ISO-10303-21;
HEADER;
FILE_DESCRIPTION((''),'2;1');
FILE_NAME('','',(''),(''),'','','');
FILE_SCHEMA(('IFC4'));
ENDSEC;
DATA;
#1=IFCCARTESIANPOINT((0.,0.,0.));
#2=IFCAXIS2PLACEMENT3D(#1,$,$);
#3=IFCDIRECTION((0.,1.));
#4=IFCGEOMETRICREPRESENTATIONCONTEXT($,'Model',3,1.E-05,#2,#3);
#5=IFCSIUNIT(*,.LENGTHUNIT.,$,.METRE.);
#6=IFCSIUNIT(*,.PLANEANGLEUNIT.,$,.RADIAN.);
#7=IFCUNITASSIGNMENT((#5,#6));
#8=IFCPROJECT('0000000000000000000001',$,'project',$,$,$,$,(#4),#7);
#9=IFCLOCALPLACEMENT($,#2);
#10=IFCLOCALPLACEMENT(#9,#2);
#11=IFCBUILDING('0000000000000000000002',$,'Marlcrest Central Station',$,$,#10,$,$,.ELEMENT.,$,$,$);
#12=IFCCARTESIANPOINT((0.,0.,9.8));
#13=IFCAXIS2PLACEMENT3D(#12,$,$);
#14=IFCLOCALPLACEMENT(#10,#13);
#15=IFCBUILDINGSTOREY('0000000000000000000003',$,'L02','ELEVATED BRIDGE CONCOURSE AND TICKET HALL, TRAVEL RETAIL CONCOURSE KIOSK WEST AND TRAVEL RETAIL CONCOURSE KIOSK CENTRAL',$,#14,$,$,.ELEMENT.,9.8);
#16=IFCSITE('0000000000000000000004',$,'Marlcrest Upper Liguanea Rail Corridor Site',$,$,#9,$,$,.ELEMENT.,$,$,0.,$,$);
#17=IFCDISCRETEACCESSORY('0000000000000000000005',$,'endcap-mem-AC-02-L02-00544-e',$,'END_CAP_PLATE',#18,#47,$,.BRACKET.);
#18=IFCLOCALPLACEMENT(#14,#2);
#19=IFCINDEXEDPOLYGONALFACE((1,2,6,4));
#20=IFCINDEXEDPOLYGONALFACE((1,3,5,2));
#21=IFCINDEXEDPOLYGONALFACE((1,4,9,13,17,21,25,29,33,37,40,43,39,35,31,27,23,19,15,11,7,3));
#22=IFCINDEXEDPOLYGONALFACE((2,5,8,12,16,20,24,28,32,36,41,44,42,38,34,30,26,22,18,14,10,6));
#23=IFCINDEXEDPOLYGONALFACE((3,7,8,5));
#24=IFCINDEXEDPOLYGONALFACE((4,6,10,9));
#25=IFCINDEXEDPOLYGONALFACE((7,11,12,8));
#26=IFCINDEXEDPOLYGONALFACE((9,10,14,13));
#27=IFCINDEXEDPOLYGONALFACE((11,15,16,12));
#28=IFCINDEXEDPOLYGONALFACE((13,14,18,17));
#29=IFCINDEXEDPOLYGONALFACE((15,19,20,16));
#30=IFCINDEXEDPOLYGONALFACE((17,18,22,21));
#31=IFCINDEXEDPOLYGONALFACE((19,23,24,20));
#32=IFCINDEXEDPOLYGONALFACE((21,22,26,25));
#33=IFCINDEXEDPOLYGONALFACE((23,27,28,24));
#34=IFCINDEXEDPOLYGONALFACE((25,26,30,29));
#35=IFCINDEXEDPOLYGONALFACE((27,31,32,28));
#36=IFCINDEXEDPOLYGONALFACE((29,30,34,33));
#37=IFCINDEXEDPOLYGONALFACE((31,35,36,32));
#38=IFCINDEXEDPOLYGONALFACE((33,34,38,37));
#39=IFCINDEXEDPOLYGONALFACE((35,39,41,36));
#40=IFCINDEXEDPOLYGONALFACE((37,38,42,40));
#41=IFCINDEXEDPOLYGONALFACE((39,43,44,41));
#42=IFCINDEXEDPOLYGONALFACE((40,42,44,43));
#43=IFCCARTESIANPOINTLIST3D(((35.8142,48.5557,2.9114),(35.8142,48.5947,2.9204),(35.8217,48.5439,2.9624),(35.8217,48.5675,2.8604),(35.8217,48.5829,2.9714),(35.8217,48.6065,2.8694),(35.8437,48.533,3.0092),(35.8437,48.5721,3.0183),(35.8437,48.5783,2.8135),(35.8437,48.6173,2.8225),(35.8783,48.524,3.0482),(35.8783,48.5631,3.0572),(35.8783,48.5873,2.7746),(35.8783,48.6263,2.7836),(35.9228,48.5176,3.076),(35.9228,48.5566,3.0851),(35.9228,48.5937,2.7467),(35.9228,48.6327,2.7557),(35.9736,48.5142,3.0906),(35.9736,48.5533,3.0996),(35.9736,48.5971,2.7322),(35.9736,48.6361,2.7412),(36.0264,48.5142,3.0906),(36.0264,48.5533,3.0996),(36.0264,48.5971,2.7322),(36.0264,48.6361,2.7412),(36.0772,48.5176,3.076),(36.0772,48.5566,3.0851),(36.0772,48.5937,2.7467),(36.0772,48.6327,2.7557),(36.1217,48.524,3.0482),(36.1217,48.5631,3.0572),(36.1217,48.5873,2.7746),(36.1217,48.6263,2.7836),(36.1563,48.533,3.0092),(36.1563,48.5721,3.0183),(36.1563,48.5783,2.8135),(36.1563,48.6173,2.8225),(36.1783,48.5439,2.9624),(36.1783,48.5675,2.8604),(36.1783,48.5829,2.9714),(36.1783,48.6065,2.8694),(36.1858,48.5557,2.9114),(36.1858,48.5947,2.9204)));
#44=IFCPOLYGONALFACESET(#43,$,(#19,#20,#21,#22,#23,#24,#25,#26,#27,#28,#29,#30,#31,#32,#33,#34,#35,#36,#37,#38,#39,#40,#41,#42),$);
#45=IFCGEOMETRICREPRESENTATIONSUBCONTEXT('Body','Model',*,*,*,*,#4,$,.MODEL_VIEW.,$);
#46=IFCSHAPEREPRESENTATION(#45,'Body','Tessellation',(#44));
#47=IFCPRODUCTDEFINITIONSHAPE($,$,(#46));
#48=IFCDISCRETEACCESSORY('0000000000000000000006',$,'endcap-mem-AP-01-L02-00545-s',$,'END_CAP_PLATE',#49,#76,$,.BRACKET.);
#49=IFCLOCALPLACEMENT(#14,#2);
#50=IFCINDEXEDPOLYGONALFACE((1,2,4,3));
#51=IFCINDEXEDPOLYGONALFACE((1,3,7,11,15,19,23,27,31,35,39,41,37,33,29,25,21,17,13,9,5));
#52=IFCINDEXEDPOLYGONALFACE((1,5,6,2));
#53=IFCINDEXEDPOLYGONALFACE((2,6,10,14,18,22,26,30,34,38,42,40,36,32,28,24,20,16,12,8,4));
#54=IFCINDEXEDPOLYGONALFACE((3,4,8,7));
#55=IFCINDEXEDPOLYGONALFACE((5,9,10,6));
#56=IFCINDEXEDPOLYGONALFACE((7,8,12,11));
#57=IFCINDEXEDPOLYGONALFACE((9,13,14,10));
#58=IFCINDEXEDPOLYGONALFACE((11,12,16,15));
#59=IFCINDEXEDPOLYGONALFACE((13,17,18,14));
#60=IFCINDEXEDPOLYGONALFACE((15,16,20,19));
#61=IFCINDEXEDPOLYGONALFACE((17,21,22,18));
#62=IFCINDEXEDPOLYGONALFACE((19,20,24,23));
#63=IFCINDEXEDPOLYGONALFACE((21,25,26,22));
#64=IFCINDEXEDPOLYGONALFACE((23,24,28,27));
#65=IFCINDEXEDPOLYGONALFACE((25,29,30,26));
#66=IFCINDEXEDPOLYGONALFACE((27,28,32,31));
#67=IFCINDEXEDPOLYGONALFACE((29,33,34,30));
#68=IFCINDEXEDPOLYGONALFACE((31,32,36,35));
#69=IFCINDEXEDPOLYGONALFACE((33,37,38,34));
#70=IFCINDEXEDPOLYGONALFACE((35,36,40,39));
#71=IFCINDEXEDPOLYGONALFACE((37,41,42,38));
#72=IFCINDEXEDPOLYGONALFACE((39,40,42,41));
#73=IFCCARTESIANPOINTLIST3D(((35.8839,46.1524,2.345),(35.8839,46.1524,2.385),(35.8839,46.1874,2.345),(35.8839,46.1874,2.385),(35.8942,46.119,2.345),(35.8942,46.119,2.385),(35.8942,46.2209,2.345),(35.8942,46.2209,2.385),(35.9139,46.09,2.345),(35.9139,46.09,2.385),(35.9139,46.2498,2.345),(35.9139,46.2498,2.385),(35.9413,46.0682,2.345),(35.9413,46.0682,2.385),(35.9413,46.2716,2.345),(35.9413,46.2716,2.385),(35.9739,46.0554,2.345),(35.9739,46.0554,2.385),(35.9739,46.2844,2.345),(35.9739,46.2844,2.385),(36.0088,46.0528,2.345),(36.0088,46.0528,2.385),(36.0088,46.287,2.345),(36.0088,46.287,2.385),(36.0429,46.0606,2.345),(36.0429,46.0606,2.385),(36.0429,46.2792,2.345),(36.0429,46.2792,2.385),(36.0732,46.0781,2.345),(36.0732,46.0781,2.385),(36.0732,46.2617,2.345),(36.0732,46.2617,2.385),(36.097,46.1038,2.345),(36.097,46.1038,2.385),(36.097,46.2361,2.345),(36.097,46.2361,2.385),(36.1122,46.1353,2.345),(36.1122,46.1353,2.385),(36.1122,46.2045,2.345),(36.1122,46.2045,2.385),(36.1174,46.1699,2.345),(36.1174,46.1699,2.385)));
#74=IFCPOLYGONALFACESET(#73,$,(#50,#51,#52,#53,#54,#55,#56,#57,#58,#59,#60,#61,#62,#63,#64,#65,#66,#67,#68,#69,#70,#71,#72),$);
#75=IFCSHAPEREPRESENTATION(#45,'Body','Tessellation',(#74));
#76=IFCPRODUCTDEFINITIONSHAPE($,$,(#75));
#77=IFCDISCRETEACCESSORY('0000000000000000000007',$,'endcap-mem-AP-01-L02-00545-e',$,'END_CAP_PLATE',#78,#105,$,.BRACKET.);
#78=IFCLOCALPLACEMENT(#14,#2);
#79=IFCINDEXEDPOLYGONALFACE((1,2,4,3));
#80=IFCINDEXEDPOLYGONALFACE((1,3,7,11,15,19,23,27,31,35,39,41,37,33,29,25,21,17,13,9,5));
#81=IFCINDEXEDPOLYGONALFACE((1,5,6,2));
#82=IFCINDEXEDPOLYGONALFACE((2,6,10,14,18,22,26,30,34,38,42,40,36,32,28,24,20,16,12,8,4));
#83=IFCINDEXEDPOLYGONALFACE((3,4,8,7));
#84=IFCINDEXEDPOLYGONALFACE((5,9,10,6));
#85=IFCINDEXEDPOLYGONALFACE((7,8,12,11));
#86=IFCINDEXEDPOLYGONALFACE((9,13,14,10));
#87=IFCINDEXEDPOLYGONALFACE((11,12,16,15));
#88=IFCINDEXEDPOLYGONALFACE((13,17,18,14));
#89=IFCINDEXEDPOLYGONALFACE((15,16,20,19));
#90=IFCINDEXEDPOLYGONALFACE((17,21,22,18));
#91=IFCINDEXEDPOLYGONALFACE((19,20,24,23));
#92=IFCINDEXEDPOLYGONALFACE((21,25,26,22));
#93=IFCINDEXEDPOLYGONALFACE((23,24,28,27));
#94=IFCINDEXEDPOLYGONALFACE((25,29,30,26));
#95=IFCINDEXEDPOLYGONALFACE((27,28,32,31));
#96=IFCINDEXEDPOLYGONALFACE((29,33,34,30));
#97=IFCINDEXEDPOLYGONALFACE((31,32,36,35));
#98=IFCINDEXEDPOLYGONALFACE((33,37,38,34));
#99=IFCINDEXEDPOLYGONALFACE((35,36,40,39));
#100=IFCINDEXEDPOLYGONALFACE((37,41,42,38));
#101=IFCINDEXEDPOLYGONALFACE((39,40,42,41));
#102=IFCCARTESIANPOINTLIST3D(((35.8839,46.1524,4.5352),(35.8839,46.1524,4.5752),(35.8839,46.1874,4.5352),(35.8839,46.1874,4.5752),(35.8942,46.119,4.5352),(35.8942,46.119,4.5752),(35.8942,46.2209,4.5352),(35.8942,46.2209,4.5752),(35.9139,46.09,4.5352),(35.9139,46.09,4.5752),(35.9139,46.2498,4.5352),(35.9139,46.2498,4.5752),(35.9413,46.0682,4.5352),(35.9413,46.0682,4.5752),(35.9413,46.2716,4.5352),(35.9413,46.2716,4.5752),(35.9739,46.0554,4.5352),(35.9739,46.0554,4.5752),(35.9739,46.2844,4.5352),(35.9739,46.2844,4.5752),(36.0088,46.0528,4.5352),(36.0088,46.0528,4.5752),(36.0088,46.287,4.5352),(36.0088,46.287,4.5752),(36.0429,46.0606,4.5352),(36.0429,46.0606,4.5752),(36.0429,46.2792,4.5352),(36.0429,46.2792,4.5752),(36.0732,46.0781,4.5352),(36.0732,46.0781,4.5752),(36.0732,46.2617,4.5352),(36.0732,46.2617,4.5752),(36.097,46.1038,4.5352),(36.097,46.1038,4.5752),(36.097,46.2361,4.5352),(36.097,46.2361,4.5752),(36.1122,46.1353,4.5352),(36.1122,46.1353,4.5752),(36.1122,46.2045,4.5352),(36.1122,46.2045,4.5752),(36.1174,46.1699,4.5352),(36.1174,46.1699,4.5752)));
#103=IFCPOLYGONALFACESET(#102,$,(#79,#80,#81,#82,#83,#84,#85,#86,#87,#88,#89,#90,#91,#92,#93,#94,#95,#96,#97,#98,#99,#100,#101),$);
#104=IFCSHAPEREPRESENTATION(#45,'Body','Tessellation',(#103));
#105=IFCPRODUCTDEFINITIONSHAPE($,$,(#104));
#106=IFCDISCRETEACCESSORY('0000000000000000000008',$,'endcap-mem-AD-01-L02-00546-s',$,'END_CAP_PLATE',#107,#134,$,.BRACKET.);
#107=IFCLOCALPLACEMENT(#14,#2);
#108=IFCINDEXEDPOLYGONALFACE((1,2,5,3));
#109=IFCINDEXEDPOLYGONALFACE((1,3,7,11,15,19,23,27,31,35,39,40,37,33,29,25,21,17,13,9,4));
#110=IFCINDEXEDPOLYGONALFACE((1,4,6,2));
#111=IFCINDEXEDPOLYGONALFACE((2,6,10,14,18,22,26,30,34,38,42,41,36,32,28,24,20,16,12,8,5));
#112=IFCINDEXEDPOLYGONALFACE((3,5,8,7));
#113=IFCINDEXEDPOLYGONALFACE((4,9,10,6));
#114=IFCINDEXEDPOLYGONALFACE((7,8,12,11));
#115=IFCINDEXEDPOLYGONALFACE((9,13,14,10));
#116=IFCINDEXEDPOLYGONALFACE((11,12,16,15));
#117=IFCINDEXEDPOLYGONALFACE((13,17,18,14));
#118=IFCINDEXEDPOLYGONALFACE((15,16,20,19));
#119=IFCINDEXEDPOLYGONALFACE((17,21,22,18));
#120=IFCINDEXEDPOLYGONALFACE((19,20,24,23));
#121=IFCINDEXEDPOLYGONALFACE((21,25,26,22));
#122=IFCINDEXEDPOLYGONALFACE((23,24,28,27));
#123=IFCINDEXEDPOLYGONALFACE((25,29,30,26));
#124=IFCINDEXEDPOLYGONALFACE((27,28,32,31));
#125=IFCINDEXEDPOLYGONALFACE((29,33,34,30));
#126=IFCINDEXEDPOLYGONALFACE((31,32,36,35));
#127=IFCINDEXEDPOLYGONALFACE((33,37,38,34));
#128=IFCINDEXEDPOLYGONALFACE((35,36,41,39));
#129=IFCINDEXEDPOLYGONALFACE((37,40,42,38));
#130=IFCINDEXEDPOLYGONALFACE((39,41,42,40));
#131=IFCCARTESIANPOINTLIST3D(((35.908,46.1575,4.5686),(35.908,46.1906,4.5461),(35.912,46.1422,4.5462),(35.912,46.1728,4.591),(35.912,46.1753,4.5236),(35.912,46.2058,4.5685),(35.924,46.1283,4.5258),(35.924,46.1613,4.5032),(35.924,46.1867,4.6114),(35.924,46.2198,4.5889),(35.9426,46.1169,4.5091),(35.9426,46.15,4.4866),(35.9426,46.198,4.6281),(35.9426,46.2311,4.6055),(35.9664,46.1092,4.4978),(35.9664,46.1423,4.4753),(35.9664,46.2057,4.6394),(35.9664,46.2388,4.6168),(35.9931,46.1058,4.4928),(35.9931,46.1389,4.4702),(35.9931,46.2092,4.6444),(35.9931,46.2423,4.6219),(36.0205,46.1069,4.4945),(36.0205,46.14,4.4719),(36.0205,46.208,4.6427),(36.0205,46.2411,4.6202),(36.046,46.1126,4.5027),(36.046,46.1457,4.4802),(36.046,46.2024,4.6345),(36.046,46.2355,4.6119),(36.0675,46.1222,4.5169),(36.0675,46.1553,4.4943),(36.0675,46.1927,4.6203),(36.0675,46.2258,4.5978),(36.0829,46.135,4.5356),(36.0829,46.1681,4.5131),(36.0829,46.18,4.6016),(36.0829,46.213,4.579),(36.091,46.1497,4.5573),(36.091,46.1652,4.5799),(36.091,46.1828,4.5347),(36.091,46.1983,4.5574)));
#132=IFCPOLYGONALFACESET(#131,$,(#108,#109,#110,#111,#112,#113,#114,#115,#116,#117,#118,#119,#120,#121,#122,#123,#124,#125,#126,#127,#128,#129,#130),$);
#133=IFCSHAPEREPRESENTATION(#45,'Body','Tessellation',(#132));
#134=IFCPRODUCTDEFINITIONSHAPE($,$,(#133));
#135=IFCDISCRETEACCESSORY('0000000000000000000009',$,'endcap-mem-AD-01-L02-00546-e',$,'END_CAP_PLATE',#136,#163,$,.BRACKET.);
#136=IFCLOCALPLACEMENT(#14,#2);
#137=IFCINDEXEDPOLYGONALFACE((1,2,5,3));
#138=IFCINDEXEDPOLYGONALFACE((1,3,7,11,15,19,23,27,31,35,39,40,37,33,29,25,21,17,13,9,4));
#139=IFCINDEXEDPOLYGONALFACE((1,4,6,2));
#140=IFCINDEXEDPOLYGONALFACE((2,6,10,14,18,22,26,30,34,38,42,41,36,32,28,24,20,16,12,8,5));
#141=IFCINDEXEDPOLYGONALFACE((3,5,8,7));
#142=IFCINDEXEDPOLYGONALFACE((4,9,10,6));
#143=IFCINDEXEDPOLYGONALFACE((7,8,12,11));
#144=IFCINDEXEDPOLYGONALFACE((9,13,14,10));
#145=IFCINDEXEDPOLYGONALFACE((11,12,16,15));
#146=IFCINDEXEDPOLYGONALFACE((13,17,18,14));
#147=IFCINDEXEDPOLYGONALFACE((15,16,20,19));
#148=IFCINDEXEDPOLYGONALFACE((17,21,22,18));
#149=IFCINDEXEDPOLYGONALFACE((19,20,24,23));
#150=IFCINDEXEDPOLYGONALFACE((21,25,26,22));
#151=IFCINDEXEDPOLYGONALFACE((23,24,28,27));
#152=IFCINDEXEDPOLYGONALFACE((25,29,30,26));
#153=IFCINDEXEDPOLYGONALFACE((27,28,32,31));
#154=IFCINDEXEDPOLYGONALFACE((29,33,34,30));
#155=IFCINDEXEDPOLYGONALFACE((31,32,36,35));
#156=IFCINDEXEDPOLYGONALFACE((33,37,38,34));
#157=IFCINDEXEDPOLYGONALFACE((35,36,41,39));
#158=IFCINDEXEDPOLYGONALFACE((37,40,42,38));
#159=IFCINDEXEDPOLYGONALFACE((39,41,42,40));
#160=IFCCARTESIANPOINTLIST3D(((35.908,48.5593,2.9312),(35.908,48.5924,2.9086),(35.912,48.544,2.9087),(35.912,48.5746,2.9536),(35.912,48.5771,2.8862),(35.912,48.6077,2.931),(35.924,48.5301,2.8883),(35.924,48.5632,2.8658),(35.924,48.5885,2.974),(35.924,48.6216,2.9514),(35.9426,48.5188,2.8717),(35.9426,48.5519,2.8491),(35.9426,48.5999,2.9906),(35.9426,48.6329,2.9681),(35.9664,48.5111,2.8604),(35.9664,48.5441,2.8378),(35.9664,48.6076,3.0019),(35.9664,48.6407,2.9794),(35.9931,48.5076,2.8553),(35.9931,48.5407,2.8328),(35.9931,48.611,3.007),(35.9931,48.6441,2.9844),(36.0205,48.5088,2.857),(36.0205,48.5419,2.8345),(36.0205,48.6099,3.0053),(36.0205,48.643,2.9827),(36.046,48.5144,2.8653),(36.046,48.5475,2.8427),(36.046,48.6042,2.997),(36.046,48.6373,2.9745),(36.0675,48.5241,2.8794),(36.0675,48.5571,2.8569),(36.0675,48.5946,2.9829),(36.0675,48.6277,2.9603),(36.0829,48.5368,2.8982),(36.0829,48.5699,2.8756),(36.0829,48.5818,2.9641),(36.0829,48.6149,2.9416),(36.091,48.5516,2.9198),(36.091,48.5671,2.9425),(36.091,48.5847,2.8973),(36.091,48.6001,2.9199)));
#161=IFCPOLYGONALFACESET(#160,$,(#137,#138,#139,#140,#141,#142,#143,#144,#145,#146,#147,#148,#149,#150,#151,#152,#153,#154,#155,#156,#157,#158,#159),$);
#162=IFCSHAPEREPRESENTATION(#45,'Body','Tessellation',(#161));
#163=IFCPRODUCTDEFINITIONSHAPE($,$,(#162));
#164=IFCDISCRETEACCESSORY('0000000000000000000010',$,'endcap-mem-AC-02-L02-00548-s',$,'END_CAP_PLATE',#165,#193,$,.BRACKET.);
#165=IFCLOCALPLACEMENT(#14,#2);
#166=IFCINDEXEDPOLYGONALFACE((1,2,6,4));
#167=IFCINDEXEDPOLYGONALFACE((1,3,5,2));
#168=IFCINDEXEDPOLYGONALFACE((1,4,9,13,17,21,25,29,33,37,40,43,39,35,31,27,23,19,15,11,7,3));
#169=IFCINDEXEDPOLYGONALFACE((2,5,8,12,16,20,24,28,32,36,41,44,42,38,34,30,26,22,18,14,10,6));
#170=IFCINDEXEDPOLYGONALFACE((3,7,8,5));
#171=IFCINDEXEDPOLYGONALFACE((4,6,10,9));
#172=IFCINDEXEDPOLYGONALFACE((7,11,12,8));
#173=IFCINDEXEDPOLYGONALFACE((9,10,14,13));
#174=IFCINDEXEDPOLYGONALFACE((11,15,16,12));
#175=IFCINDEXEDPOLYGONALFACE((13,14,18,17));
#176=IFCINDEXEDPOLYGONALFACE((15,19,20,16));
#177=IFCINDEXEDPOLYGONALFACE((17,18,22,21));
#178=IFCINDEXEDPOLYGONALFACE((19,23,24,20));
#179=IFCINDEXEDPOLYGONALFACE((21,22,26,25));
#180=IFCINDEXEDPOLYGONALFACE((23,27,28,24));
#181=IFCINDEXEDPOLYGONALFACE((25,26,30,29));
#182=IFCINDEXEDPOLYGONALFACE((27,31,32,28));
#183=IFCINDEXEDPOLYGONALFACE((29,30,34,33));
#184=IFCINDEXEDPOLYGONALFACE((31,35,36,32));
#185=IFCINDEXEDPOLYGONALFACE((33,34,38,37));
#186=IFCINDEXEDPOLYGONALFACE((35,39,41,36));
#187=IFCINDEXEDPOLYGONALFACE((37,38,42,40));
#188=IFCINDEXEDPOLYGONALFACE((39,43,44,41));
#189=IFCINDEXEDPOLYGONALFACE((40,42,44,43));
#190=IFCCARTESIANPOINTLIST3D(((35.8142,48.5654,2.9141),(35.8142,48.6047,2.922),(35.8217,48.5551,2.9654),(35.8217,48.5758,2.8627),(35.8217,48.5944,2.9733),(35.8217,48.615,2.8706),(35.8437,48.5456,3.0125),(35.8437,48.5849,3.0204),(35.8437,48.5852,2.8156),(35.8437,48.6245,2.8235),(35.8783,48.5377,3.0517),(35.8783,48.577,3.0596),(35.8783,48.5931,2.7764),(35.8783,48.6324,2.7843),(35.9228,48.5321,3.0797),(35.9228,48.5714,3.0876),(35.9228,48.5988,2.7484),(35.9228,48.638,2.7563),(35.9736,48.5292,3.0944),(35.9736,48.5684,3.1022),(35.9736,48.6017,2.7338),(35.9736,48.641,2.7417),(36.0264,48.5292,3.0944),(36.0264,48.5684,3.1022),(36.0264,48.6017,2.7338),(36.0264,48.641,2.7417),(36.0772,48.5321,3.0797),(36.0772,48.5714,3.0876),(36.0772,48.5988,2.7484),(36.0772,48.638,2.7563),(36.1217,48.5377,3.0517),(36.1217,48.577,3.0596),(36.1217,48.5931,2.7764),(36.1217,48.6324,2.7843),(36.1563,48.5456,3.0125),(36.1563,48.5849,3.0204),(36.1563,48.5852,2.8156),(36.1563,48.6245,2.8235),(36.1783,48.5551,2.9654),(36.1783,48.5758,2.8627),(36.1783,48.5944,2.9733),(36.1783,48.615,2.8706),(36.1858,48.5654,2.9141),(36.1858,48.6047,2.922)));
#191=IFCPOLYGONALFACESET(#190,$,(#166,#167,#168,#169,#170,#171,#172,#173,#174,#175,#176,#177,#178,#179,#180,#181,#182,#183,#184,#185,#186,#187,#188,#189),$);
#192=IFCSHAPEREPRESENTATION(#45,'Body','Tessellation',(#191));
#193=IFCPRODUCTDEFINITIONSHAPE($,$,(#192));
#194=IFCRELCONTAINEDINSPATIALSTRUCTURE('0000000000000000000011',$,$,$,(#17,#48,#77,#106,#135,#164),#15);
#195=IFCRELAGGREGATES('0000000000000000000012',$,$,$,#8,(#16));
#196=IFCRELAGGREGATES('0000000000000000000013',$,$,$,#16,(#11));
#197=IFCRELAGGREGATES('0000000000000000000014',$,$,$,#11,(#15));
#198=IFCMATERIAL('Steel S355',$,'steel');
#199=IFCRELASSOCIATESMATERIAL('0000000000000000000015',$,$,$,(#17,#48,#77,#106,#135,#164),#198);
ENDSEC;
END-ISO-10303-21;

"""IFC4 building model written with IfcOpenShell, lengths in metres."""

from ifc_helpers import new_model, si_unit, direction, frame, origin, origin_2d, place, context, subcontext, project, spatial, circle, extrude, material, element, save


model = new_model("IFC4")

# Units and contexts
model_context = context("Model", 3, precision=1e-05, world=origin(), true_north=direction((0.0, 1.0)))
body_context = subcontext(model_context, "Body", "Model", "MODEL_VIEW")
ifc_project = project(units=[si_unit("LENGTHUNIT", "METRE"), si_unit("PLANEANGLEUNIT", "RADIAN")], contexts=[model_context])

# Site, building, storey
site_placement = place(None, origin())
site = spatial("IfcSite", under=ifc_project, at=site_placement, Name="Marlcrest Upper Liguanea Rail Corridor Site", CompositionType="ELEMENT", RefElevation=0.0)
building_placement = place(site_placement, origin())
building = spatial("IfcBuilding", under=site, at=building_placement, Name="Marlcrest Central Station", CompositionType="ELEMENT")
storey_placement = place(building_placement, frame((0.0, 0.0, 9.8)))
storey = spatial("IfcBuildingStorey", under=building, at=storey_placement, Name="L02", Description="ELEVATED BRIDGE CONCOURSE AND TICKET HALL, TRAVEL RETAIL CONCOURSE KIOSK WEST AND TRAVEL RETAIL CONCOURSE KIOSK CENTRAL", CompositionType="ELEMENT", Elevation=9.8)

# Shared definitions
ifc_material_1 = material(Name="Steel S355", Category="steel")

# Discrete accessories
for number, where, z_axis, x_axis, name in (
    (1, (36.0, 48.5557, 2.9114), (0.0, 0.974308, 0.22522), (-1.0, 0.0, 0.0), "endcap-mem-AC-02-L02-00544-e"),
):
    element("IfcDiscreteAccessory", number, at=place(storey_placement, frame(where, z_axis=z_axis, x_axis=x_axis)), inside=storey, material=ifc_material_1, Name=name, ObjectType="END_CAP_PLATE", PredefinedType="BRACKET", context=body_context, shape_type="SweptSolid", body=[
        extrude(circle(Radius=0.1858, at=origin_2d()), origin(), (0.0, 0.0, 1.0), 0.04),
    ])
for number, where, z_axis, x_axis, name in (
    (2, (36.0, 46.1699, 2.345), (0.0, 0.0, 1.0), (1.0, 0.0, 0.0), "endcap-mem-AP-01-L02-00545-s"),
    (3, (36.0, 46.1699, 4.5352), (0.0, 0.0, 1.0), (1.0, 0.0, 0.0), "endcap-mem-AP-01-L02-00545-e"),
):
    element("IfcDiscreteAccessory", number, at=place(storey_placement, frame(where, z_axis=z_axis, x_axis=x_axis)), inside=storey, material=ifc_material_1, Name=name, ObjectType="END_CAP_PLATE", PredefinedType="BRACKET", context=body_context, shape_type="SweptSolid", body=[
        extrude(circle(Radius=0.1174, at=origin_2d()), origin(), (0.0, 0.0, 1.0), 0.04),
    ])
for number, where, z_axis, x_axis, name in (
    (4, (36.0, 46.1575, 4.5686), (0.0, 0.826263, -0.563285), (-1.0, 0.0, 0.0), "endcap-mem-AD-01-L02-00546-s"),
    (5, (36.0, 48.5593, 2.9312), (0.0, 0.826263, -0.563285), (-1.0, 0.0, 0.0), "endcap-mem-AD-01-L02-00546-e"),
):
    element("IfcDiscreteAccessory", number, at=place(storey_placement, frame(where, z_axis=z_axis, x_axis=x_axis)), inside=storey, material=ifc_material_1, Name=name, ObjectType="END_CAP_PLATE", PredefinedType="BRACKET", context=body_context, shape_type="SweptSolid", body=[
        extrude(circle(Radius=0.092, at=origin_2d()), origin(), (0.0, 0.0, 1.0), 0.04),
    ])
discrete_accessory_1_placement = place(storey_placement, frame((36.0, 48.5654, 2.9141), z_axis=(0.0, 0.980359, 0.197219), x_axis=(-1.0, 0.0, 0.0)))
element("IfcDiscreteAccessory", 6, at=discrete_accessory_1_placement, inside=storey, material=ifc_material_1, Name="endcap-mem-AC-02-L02-00548-s", ObjectType="END_CAP_PLATE", PredefinedType="BRACKET", context=body_context, shape_type="SweptSolid", body=[
    extrude(circle(Radius=0.1858, at=origin_2d()), origin(), (0.0, 0.0, 1.0), 0.04),
])

save(model, "model.ifc")
